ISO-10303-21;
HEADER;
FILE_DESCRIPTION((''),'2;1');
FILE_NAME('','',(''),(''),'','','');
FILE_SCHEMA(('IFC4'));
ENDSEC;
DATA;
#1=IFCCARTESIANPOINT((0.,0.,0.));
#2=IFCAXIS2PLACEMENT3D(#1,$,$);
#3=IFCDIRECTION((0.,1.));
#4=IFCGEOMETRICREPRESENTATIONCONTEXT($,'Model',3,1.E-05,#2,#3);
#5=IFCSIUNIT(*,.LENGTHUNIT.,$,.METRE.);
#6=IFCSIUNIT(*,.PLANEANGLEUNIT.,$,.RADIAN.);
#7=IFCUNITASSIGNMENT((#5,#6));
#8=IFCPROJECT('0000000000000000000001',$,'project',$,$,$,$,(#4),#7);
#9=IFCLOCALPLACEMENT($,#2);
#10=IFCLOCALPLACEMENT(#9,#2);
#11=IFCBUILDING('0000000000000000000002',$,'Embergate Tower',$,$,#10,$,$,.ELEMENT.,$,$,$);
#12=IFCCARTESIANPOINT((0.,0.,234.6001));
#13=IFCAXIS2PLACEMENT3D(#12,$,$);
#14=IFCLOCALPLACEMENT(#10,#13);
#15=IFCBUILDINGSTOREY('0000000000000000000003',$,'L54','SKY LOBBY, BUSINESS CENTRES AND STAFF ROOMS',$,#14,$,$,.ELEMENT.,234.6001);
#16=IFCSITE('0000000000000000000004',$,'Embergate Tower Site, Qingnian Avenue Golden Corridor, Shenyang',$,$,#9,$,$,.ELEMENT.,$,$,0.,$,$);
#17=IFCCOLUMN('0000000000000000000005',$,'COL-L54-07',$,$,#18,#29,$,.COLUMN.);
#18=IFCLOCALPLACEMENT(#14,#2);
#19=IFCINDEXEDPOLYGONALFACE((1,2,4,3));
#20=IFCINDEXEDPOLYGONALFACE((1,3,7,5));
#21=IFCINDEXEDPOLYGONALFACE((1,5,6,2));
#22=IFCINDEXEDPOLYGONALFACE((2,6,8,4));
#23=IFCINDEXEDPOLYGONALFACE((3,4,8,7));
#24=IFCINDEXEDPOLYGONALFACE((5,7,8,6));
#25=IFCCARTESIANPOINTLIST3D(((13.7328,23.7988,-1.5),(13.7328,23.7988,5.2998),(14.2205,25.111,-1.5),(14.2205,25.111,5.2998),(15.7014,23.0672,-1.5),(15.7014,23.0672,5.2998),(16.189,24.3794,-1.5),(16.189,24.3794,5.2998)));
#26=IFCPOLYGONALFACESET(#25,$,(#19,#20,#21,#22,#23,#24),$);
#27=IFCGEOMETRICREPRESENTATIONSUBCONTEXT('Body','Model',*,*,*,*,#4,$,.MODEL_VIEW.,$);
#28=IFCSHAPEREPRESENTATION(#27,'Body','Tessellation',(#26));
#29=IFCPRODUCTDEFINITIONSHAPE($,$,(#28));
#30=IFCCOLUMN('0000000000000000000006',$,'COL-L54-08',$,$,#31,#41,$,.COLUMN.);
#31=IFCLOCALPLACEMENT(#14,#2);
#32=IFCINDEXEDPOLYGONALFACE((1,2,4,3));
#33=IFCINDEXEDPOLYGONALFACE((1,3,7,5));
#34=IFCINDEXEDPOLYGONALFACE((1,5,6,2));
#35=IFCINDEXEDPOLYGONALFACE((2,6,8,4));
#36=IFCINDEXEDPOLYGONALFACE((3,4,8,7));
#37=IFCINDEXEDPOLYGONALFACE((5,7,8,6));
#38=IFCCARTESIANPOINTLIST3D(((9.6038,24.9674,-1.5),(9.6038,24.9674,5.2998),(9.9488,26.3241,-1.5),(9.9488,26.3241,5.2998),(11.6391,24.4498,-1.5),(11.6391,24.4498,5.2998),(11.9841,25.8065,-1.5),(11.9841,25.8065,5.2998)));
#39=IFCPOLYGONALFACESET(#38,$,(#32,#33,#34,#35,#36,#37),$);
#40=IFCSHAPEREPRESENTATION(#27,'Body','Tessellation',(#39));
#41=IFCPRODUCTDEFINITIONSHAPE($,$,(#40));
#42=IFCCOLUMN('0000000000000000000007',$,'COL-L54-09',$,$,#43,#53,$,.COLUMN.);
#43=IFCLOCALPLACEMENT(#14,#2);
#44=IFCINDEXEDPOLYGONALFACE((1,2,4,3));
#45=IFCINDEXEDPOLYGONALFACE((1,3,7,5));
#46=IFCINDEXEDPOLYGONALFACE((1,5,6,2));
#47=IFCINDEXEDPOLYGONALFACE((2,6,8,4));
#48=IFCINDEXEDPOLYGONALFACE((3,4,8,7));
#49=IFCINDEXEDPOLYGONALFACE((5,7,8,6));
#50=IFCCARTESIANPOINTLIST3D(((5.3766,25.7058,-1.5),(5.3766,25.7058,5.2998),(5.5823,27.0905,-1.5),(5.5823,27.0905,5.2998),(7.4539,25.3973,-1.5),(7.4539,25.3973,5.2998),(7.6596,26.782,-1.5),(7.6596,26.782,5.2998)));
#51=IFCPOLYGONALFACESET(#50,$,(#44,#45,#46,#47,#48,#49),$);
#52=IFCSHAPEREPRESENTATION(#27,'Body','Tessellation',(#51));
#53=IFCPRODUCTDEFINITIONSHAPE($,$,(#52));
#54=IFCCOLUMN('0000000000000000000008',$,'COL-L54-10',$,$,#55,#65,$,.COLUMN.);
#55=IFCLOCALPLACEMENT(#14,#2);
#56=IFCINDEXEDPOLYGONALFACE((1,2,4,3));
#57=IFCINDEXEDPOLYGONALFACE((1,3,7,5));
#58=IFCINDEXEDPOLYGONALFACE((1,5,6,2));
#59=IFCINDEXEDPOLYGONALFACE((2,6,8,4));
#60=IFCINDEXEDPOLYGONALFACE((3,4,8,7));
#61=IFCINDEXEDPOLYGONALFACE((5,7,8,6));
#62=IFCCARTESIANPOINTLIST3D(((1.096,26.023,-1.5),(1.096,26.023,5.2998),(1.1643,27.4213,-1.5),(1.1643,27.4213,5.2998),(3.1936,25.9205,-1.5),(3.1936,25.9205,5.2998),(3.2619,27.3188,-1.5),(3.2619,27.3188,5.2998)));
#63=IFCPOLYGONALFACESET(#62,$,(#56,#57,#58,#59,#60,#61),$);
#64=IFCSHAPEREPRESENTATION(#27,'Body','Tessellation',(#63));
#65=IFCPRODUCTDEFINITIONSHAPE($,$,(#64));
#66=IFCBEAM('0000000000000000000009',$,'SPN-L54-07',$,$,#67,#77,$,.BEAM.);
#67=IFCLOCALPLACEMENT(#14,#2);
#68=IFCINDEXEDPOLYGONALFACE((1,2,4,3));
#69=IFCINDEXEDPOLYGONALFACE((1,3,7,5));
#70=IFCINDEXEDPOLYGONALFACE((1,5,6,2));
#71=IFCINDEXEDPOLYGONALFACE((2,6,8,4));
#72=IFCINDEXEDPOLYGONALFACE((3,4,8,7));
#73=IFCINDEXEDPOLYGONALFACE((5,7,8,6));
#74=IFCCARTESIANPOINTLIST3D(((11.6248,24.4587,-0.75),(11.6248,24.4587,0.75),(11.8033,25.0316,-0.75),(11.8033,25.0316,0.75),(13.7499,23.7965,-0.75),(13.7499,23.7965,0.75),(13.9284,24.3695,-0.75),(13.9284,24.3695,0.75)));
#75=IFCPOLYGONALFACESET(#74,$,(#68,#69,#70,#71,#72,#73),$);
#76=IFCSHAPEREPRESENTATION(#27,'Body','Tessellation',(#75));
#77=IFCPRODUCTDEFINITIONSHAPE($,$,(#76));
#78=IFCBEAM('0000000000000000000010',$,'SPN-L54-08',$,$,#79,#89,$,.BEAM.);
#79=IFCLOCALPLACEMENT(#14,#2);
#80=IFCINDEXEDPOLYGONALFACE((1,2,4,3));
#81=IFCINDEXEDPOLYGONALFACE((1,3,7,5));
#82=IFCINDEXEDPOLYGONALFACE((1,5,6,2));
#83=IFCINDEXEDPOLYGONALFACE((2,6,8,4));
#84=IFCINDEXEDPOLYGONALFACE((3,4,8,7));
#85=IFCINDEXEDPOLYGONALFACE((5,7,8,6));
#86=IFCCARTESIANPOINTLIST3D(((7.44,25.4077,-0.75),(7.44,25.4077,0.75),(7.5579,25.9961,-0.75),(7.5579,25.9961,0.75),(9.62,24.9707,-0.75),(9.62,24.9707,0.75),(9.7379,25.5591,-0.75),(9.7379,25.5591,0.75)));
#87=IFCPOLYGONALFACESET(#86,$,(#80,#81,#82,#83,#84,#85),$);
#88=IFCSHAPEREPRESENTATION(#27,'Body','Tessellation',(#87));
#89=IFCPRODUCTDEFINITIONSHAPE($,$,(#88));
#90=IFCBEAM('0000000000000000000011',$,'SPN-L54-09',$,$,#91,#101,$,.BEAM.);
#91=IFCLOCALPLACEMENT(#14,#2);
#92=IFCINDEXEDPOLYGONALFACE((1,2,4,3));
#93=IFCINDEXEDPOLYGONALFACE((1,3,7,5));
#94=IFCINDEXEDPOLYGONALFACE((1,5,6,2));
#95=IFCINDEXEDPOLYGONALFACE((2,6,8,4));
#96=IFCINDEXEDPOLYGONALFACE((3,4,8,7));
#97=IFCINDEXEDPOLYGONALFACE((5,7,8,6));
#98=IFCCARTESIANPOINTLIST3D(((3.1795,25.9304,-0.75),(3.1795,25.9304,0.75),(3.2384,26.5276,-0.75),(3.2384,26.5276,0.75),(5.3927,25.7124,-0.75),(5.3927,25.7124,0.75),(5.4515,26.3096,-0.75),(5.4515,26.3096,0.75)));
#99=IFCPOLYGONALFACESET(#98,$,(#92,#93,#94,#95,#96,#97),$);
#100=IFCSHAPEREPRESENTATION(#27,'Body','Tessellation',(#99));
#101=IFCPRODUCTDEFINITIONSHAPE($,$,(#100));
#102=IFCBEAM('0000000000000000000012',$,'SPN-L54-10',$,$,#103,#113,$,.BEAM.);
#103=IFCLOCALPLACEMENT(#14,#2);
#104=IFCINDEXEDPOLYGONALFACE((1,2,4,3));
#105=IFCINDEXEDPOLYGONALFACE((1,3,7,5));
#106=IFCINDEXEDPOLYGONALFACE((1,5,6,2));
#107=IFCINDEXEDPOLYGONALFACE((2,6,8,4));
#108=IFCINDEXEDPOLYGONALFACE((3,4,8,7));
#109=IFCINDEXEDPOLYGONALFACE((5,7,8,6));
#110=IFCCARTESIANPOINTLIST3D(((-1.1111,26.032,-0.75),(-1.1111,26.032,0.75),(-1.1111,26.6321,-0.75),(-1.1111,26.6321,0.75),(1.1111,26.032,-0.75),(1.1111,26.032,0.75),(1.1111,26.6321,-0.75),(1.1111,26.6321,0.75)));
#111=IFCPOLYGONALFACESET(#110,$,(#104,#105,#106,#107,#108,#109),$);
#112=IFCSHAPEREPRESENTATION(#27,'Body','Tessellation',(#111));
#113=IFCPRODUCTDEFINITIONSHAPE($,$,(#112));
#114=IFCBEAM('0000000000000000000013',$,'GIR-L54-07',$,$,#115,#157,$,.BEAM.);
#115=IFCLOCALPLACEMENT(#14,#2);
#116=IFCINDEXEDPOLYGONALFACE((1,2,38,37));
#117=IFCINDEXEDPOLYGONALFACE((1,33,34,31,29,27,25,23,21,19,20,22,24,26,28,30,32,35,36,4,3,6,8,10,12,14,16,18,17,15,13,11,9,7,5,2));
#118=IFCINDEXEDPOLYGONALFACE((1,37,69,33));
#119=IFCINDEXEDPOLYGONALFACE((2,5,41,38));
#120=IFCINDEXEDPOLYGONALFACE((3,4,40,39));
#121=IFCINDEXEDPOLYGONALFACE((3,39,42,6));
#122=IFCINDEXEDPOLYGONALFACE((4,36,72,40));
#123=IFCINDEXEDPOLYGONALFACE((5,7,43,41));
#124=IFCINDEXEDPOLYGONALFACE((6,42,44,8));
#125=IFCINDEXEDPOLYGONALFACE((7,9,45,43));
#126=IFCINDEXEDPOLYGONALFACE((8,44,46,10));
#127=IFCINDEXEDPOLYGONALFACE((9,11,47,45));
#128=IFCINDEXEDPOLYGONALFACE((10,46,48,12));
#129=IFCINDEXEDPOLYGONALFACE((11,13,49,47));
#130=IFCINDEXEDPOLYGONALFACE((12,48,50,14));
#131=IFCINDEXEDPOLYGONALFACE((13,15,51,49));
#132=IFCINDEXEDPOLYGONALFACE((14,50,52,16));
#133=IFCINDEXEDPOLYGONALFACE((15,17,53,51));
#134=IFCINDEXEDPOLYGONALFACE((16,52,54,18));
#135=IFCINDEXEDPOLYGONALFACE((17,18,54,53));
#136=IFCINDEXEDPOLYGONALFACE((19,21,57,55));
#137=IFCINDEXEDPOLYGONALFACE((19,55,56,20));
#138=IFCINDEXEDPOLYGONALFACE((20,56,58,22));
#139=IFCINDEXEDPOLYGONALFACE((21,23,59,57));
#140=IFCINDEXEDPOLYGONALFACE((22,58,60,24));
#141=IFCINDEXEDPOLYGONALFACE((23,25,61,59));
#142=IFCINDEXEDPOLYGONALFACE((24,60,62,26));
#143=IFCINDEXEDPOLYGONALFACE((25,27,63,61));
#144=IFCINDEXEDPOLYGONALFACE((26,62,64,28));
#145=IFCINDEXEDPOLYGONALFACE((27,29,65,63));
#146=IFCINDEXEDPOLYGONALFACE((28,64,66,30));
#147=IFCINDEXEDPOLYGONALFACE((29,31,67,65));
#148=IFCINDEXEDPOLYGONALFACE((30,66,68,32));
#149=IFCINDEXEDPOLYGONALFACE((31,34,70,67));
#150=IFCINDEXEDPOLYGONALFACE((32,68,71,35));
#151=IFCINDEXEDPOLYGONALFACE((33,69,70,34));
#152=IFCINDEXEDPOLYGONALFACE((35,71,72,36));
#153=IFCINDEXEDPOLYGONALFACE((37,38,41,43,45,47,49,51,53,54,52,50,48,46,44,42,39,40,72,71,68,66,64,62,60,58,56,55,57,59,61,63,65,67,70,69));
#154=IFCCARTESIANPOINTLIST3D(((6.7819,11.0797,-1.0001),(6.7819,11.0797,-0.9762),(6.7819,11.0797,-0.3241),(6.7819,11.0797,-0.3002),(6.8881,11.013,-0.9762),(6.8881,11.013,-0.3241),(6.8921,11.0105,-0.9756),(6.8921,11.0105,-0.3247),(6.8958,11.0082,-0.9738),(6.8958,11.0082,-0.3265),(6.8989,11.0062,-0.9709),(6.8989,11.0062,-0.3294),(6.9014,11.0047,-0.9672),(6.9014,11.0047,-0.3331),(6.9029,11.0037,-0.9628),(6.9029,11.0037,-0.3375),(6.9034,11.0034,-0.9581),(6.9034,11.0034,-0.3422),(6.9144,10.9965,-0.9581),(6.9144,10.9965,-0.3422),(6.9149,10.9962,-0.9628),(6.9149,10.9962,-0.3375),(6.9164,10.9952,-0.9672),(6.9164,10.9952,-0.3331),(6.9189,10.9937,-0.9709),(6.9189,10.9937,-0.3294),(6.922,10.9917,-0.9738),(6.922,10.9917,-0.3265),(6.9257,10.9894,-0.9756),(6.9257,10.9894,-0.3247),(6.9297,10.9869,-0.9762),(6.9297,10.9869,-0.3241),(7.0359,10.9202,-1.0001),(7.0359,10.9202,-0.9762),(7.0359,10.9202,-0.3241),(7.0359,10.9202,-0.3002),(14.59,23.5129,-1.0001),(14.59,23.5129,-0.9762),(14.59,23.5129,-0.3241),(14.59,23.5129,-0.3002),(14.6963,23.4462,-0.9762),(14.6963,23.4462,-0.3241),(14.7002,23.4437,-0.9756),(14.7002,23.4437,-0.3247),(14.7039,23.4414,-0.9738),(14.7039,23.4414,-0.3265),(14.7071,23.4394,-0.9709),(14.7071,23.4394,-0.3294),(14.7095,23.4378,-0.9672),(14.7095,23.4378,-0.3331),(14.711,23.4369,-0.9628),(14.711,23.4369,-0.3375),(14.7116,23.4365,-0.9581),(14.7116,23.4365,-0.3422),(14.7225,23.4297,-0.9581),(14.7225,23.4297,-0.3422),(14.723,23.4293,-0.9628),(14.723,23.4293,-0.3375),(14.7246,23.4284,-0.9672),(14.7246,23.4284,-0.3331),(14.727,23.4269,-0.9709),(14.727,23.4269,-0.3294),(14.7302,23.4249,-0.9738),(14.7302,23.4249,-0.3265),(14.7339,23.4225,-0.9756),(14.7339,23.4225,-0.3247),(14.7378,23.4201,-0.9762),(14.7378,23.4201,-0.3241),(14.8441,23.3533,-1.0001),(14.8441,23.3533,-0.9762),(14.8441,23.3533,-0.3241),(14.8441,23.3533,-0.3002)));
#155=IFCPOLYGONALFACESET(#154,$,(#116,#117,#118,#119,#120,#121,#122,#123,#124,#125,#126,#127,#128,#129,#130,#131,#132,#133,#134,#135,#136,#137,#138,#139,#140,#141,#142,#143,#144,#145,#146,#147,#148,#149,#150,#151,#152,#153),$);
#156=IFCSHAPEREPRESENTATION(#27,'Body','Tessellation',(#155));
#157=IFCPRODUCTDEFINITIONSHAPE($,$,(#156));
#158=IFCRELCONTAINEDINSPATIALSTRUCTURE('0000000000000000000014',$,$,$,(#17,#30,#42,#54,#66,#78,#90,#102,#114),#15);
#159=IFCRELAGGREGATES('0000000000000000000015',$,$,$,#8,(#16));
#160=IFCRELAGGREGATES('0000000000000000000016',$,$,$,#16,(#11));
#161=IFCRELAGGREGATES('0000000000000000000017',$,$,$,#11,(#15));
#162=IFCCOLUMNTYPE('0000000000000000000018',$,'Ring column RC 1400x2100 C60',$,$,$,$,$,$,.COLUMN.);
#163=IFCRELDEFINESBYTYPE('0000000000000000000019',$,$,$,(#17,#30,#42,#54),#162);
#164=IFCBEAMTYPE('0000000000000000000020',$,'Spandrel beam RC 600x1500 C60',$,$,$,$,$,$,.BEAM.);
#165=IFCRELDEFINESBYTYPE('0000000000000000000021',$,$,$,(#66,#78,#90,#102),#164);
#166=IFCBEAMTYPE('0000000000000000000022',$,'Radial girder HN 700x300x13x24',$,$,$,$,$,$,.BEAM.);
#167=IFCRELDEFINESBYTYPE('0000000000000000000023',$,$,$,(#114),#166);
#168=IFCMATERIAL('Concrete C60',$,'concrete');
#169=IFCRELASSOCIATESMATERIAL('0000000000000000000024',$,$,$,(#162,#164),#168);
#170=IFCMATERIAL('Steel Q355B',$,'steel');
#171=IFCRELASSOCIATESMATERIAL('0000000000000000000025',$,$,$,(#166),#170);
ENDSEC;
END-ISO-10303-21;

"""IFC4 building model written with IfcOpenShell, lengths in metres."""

from ifc_helpers import new_model, si_unit, direction, frame, origin, origin_2d, place, context, subcontext, project, spatial, rectangle, i_section, extrude, source, transform, mapped, material, material_profile, profile_set, type_object, element, save


model = new_model("IFC4")

# Units and contexts
model_context = context("Model", 3, precision=1e-05, world=origin(), true_north=direction((0.0, 1.0)))
body_context = subcontext(model_context, "Body", "Model", "MODEL_VIEW")
ifc_project = project(units=[si_unit("LENGTHUNIT", "METRE"), si_unit("PLANEANGLEUNIT", "RADIAN")], contexts=[model_context])

# Site, building, storey
site_placement = place(None, origin())
site = spatial("IfcSite", under=ifc_project, at=site_placement, Name="Embergate Tower Site, Qingnian Avenue Golden Corridor, Shenyang", CompositionType="ELEMENT", RefElevation=0.0)
building_placement = place(site_placement, origin())
building = spatial("IfcBuilding", under=site, at=building_placement, Name="Embergate Tower", CompositionType="ELEMENT")
storey_placement = place(building_placement, frame((0.0, 0.0, 234.6001)))
storey = spatial("IfcBuildingStorey", under=building, at=storey_placement, Name="L54", Description="SKY LOBBY, BUSINESS CENTRES AND STAFF ROOMS", CompositionType="ELEMENT", Elevation=234.6001)

# Columns
ifc_material_1 = material(Name="Concrete C60", Category="concrete")
ifc_material_profile_1 = material_profile(ifc_material_1, rectangle(XDim=1.3999, YDim=2.1001, at=origin_2d()), Name="RC 1400x2100")
ifc_profile_set_1 = profile_set([ifc_material_profile_1], Name="Concrete C60")
column_type = type_object("IfcColumnType", Name="Ring column RC 1400x2100 C60", PredefinedType="COLUMN", material=ifc_profile_set_1)
shared_shape_1 = source(origin(), body_context, "Body", "SweptSolid", [
    extrude(rectangle(XDim=1.3999, YDim=2.1001, at=origin_2d()), origin(), (0.0, 0.0, 1.0), 6.7998),
])
for number, where, z_axis, x_axis, name in (
    (1, (14.9609, 24.0891, -1.5), (0.0, 0.0, 1.0), (0.348343, 0.937367, 0.0), "COL-L54-07"),
    (2, (10.7939, 25.387, -1.5), (0.0, 0.0, 1.0), (0.246492, 0.969145, 0.0), "COL-L54-08"),
    (3, (6.5181, 26.2439, -1.5), (0.0, 0.0, 1.0), (0.146929, 0.989147, 0.0), "COL-L54-09"),
    (4, (2.179, 26.6709, -1.5), (0.0, 0.0, 1.0), (0.048815, 0.998808, 0.0), "COL-L54-10"),
):
    element("IfcColumn", number, at=place(storey_placement, frame(where, z_axis=z_axis, x_axis=x_axis)), inside=storey, type_object=column_type, Name=name, PredefinedType="COLUMN", context=body_context, shape_type="MappedRepresentation", body=[
        mapped(shared_shape_1, transform((0.0, 0.0, 0.0))),
    ])

# Beams
ifc_material_profile_2 = material_profile(ifc_material_1, rectangle(XDim=0.6001, YDim=1.5, at=origin_2d()), Name="RC 600x1500")
ifc_profile_set_2 = profile_set([ifc_material_profile_2], Name="Concrete C60")
beam_type_1 = type_object("IfcBeamType", Name="Spandrel beam RC 600x1500 C60", PredefinedType="BEAM", material=ifc_profile_set_2)
shared_shape_2 = source(origin(), body_context, "Body", "SweptSolid", [
    extrude(rectangle(XDim=0.6001, YDim=1.5, at=origin_2d()), origin(), (0.0, 0.0, 1.0), 2.2258),
])
beam_1_placement = place(storey_placement, frame((13.8391, 24.083, 0.0), z_axis=(-0.954729, 0.297475, 0.0), x_axis=(-0.297475, -0.954729, 0.0)))
element("IfcBeam", 5, at=beam_1_placement, inside=storey, type_object=beam_type_1, Name="SPN-L54-07", PredefinedType="BEAM", context=body_context, shape_type="MappedRepresentation", body=[
    mapped(shared_shape_2, transform((0.0, 0.0, 0.0))),
])
shared_shape_3 = source(origin(), body_context, "Body", "SweptSolid", [
    extrude(rectangle(XDim=0.6001, YDim=1.5, at=origin_2d()), origin(), (0.0, 0.0, 1.0), 2.2234),
])
beam_2_placement = place(storey_placement, frame((9.679, 25.2649, 0.0), z_axis=(-0.980492, 0.19656, 0.0), x_axis=(-0.19656, -0.980492, 0.0)))
element("IfcBeam", 6, at=beam_2_placement, inside=storey, type_object=beam_type_1, Name="SPN-L54-08", PredefinedType="BEAM", context=body_context, shape_type="MappedRepresentation", body=[
    mapped(shared_shape_3, transform((0.0, 0.0, 0.0))),
])
shared_shape_4 = source(origin(), body_context, "Body", "SweptSolid", [
    extrude(rectangle(XDim=0.6001, YDim=1.5, at=origin_2d()), origin(), (0.0, 0.0, 1.0), 2.2239),
])
beam_3_placement = place(storey_placement, frame((5.4221, 26.011, 0.0), z_axis=(-0.995183, 0.098036, 0.0), x_axis=(-0.098036, -0.995183, 0.0)))
element("IfcBeam", 7, at=beam_3_placement, inside=storey, type_object=beam_type_1, Name="SPN-L54-09", PredefinedType="BEAM", context=body_context, shape_type="MappedRepresentation", body=[
    mapped(shared_shape_4, transform((0.0, 0.0, 0.0))),
])
shared_shape_5 = source(origin(), body_context, "Body", "SweptSolid", [
    extrude(rectangle(XDim=0.6001, YDim=1.5, at=origin_2d()), origin(), (0.0, 0.0, 1.0), 2.2222),
])
beam_4_placement = place(storey_placement, frame((1.1111, 26.332, 0.0), z_axis=(-1.0, 0.0, 0.0), x_axis=(0.0, -1.0, 0.0)))
element("IfcBeam", 8, at=beam_4_placement, inside=storey, type_object=beam_type_1, Name="SPN-L54-10", PredefinedType="BEAM", context=body_context, shape_type="MappedRepresentation", body=[
    mapped(shared_shape_5, transform((0.0, 0.0, 0.0))),
])
ifc_material_2 = material(Name="Steel Q355B", Category="steel")
ifc_material_profile_3 = material_profile(ifc_material_2, i_section(OverallWidth=0.3, OverallDepth=0.7, WebThickness=0.0129, FlangeThickness=0.0239, FilletRadius=0.0181, at=origin_2d()), Name="HN 700x300x13x24")
ifc_profile_set_3 = profile_set([ifc_material_profile_3], Name="Steel Q355 grade B")
beam_type_2 = type_object("IfcBeamType", Name="Radial girder HN 700x300x13x24", PredefinedType="BEAM", material=ifc_profile_set_3)
shared_shape_6 = source(origin(), body_context, "Body", "SweptSolid", [
    extrude(i_section(OverallWidth=0.3, OverallDepth=0.7, WebThickness=0.0129, FlangeThickness=0.0239, FilletRadius=0.0181, at=origin_2d()), origin(), (0.0, 0.0, 1.0), 14.6816),
])
beam_5_placement = place(storey_placement, frame((14.717, 23.4331, -0.6501), z_axis=(-0.53183, -0.846851, 0.0), x_axis=(0.846851, -0.53183, 0.0)))
element("IfcBeam", 9, at=beam_5_placement, inside=storey, type_object=beam_type_2, Name="GIR-L54-07", PredefinedType="BEAM", context=body_context, shape_type="MappedRepresentation", body=[
    mapped(shared_shape_6, transform((0.0, 0.0, 0.0))),
])

save(model, "model.ifc")
